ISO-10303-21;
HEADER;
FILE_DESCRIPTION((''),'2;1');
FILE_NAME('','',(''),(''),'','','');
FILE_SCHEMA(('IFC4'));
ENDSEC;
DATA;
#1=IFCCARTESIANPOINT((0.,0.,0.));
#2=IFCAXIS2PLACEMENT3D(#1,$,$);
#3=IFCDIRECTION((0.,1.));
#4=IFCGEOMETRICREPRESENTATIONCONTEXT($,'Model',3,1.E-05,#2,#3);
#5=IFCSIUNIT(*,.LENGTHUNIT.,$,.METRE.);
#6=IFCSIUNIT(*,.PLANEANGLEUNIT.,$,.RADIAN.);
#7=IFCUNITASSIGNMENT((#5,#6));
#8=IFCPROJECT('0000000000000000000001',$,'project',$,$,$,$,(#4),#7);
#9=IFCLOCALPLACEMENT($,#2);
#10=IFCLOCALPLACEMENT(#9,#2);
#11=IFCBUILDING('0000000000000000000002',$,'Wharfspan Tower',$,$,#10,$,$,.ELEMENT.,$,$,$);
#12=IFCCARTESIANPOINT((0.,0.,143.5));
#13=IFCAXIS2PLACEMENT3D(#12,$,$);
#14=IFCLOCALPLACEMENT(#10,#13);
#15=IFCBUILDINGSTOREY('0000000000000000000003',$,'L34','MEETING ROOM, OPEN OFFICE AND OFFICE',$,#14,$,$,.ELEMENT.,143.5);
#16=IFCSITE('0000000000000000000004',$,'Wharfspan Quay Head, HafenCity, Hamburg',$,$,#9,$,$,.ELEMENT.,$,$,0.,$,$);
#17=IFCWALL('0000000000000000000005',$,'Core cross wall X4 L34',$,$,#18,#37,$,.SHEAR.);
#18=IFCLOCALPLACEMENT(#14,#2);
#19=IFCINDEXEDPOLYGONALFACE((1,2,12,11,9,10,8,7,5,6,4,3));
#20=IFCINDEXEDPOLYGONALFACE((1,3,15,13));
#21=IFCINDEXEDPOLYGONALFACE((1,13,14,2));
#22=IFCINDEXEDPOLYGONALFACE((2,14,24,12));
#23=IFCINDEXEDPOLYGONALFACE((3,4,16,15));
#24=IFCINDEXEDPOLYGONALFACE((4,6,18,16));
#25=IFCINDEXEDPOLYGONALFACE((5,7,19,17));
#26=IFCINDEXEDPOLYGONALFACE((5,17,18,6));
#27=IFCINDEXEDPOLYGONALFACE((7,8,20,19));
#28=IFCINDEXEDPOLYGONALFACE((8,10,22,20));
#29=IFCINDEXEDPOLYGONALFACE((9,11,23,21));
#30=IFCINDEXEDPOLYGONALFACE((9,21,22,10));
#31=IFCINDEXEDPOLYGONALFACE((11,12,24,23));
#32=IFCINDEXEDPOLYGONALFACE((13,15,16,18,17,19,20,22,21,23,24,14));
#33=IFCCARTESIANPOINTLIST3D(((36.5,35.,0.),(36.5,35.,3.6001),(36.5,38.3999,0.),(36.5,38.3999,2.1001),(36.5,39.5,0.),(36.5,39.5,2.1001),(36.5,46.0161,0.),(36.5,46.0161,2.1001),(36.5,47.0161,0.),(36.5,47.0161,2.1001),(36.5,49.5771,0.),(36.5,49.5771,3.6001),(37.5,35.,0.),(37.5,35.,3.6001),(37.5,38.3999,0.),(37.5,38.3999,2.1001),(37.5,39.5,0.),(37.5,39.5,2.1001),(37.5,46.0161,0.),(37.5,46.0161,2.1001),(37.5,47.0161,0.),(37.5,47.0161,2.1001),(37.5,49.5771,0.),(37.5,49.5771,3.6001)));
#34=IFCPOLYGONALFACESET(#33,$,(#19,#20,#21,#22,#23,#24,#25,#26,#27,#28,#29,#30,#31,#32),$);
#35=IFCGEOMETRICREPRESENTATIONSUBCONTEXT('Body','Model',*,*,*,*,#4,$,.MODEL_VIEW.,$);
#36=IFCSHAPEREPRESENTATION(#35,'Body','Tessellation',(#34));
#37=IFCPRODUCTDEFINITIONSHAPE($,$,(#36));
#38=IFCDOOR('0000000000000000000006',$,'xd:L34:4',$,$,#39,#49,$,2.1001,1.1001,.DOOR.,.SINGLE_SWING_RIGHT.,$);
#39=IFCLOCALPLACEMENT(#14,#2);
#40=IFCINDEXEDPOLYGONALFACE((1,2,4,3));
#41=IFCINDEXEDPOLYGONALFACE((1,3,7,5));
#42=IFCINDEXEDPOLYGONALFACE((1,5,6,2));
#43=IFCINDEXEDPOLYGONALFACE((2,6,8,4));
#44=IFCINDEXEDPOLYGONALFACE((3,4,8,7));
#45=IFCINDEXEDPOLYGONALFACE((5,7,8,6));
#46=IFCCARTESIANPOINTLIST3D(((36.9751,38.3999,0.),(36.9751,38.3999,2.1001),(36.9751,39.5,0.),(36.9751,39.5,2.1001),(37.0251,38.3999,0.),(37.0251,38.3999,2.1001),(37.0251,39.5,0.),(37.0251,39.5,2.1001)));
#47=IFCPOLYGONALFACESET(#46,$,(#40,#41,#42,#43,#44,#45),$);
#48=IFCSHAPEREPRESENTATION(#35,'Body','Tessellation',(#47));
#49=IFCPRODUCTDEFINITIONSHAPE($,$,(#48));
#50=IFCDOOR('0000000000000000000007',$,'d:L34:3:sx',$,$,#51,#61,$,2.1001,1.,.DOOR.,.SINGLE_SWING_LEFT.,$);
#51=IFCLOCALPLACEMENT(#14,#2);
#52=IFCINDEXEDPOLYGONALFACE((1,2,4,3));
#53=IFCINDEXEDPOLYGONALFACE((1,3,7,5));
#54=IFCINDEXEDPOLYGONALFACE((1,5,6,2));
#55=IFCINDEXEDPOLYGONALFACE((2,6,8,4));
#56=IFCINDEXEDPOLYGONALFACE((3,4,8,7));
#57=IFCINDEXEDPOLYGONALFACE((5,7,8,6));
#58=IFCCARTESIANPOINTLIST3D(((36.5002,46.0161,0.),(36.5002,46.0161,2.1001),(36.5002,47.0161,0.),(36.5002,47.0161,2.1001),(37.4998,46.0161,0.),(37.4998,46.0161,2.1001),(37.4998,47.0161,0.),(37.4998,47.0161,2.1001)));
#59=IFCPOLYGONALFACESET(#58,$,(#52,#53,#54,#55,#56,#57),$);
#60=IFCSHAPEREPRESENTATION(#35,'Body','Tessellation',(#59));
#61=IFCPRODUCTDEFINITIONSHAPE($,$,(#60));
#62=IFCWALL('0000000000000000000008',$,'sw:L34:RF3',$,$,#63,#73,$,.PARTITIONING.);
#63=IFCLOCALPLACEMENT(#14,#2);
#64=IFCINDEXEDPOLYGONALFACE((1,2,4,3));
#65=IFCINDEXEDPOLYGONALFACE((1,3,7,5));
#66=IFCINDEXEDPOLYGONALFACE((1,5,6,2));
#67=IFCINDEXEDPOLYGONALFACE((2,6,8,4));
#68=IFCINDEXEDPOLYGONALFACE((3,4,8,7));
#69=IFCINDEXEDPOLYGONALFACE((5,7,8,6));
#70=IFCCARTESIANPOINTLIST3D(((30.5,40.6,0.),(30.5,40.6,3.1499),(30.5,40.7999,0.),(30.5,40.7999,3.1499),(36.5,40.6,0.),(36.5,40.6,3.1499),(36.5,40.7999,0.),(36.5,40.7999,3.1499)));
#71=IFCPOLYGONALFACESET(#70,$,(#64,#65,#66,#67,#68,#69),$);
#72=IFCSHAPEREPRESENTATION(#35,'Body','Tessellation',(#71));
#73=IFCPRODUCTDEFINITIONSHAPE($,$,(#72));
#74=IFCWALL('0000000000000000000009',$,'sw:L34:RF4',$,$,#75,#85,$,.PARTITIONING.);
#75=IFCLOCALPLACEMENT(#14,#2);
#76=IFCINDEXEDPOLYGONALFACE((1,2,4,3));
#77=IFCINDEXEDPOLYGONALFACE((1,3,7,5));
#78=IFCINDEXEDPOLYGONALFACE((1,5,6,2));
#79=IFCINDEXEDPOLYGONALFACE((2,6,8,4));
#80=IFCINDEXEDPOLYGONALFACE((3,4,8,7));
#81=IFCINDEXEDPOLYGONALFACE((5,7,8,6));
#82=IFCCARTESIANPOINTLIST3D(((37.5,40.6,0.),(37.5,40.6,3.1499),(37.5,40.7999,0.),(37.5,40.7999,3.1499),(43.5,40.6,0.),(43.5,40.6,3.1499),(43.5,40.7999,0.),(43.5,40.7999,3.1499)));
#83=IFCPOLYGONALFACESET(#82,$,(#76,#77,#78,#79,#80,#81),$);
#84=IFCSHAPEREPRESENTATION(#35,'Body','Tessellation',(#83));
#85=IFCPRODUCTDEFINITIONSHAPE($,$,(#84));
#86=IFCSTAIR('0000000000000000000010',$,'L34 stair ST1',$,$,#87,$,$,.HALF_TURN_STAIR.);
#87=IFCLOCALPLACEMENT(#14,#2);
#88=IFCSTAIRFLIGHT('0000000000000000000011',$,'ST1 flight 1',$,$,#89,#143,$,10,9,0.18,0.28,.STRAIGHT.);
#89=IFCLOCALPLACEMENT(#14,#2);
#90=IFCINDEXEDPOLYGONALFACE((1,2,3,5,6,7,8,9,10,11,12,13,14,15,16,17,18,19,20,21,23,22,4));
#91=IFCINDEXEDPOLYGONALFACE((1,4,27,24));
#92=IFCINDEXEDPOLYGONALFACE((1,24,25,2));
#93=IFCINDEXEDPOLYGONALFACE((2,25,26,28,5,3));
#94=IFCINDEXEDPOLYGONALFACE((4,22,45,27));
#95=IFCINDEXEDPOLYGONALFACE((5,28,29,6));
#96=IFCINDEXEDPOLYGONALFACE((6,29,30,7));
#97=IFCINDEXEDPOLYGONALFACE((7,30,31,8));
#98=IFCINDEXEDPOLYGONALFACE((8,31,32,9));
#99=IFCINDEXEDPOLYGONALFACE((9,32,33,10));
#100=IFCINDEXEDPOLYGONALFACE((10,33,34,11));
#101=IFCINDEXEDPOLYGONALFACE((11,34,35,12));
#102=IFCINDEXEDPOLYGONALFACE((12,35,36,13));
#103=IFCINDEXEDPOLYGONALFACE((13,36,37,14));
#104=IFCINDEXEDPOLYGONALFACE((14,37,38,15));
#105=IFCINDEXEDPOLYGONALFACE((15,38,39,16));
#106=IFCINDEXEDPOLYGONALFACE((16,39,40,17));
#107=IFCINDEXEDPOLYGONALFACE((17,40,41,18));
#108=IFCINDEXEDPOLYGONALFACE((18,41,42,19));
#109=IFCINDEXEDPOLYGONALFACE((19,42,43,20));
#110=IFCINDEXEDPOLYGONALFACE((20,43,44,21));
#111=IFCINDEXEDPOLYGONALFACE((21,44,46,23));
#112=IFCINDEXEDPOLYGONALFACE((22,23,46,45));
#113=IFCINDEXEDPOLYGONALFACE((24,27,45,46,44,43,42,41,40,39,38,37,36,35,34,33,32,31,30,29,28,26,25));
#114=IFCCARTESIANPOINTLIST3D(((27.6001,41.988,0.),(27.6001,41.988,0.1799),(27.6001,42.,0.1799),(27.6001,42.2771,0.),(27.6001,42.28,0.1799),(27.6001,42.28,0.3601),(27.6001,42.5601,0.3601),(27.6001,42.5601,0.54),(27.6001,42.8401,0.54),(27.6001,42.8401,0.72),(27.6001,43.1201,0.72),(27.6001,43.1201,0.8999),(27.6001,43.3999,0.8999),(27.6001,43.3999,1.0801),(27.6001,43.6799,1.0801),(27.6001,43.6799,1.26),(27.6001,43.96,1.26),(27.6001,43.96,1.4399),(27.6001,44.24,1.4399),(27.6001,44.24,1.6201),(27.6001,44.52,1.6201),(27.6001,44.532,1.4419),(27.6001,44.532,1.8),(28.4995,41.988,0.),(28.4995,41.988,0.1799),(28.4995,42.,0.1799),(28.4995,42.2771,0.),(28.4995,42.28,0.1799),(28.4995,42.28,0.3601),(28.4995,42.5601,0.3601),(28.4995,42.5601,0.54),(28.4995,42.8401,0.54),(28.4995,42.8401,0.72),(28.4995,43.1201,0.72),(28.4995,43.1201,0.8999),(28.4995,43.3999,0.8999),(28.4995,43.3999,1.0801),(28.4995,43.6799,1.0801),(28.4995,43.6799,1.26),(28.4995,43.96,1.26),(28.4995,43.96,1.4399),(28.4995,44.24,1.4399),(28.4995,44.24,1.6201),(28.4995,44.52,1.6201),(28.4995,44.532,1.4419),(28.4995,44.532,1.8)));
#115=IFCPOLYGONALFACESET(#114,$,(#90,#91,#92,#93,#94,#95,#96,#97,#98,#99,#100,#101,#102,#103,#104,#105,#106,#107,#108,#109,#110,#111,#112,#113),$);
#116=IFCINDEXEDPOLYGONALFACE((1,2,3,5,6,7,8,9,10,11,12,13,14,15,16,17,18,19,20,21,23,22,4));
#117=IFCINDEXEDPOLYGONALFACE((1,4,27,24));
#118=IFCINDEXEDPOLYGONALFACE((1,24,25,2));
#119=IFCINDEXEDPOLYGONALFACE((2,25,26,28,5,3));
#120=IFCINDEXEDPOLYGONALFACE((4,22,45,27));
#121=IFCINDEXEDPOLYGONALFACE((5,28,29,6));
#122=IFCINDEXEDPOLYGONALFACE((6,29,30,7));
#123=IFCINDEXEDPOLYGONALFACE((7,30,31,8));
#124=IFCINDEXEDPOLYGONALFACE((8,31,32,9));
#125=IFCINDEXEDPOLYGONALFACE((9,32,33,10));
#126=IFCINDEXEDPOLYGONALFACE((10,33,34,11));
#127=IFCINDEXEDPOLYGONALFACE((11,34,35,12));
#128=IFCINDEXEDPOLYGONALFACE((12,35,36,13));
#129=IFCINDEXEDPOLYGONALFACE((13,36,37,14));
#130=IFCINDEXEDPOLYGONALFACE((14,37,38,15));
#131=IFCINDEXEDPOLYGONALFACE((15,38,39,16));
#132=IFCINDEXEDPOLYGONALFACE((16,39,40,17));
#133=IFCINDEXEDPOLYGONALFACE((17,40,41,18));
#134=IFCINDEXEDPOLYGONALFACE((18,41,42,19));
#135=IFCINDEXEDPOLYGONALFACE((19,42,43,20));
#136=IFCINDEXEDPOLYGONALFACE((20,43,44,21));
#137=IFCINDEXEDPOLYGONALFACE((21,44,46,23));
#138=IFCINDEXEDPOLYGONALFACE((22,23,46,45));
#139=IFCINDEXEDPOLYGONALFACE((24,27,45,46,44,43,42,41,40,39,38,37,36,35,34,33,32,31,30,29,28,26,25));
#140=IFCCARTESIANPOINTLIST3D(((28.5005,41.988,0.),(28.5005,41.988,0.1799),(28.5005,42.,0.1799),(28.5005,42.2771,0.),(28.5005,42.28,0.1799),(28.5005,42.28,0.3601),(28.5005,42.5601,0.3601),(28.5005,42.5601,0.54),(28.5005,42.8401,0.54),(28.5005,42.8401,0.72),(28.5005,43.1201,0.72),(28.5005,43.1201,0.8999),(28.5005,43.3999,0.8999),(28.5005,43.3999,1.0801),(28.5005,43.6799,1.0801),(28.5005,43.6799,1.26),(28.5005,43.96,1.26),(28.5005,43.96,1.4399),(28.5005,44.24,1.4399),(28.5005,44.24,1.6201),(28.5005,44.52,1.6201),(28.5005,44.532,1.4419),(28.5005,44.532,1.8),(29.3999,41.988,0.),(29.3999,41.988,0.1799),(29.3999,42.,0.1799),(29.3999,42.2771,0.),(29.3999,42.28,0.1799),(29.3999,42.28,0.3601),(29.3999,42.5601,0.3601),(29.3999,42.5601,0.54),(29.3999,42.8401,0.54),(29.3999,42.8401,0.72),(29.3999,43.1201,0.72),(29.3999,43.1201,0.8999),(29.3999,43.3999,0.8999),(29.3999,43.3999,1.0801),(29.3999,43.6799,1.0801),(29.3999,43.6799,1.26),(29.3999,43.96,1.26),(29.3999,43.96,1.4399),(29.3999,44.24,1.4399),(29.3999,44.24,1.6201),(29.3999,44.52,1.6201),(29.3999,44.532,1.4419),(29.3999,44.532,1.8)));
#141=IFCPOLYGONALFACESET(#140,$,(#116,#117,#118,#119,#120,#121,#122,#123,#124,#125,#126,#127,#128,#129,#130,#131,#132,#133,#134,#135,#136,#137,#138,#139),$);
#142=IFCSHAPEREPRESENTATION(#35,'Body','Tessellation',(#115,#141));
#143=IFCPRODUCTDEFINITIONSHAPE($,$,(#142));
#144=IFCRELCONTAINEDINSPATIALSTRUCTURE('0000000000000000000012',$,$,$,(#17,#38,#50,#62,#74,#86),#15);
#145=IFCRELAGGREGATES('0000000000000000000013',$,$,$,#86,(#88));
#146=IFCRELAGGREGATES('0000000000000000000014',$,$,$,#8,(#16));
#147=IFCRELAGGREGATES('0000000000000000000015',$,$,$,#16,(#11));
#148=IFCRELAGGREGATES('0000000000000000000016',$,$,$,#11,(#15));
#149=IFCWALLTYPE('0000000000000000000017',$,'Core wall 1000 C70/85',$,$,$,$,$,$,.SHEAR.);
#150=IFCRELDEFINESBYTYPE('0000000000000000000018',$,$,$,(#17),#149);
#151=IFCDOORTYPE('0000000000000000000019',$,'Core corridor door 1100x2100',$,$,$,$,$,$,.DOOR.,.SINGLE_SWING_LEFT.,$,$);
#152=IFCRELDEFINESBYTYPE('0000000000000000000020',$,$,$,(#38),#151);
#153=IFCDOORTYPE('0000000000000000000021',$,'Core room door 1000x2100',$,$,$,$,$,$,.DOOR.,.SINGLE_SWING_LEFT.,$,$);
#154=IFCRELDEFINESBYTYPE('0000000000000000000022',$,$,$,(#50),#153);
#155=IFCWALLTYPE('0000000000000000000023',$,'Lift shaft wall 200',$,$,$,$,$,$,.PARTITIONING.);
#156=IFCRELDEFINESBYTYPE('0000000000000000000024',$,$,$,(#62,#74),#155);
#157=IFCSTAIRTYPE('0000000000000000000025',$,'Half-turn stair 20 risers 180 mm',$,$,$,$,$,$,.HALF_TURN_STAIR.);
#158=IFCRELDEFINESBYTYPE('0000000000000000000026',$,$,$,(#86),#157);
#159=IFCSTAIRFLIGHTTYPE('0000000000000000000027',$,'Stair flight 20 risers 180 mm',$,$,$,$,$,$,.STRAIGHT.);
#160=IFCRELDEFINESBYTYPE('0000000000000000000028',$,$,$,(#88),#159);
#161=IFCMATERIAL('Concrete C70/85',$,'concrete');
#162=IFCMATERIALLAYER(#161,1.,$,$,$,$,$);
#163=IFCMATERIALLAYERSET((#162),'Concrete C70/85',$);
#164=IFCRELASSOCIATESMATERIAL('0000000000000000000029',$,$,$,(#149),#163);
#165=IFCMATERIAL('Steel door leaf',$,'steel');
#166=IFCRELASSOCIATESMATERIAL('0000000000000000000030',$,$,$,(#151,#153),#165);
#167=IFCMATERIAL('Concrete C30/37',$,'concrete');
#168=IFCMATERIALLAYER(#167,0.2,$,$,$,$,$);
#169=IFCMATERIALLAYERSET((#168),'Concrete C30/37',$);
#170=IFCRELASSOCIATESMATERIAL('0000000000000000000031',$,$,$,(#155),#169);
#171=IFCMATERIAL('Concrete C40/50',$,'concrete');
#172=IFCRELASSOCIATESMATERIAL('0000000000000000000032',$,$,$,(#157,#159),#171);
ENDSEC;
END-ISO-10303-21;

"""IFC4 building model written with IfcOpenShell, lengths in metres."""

from ifc_helpers import new_model, si_unit, direction, frame, frame_2d, origin, place, context, subcontext, project, spatial, polyline, rectangle, outline, extrude, material, layer, layer_set, type_object, element, fill, aggregate, save


model = new_model("IFC4")

# Units and contexts
model_context = context("Model", 3, precision=1e-05, world=origin(), true_north=direction((0.0, 1.0)))
body_context = subcontext(model_context, "Body", "Model", "MODEL_VIEW")
ifc_project = project(units=[si_unit("LENGTHUNIT", "METRE"), si_unit("PLANEANGLEUNIT", "RADIAN")], contexts=[model_context])

# Site, building, storey
site_placement = place(None, origin())
site = spatial("IfcSite", under=ifc_project, at=site_placement, Name="Wharfspan Quay Head, HafenCity, Hamburg", CompositionType="ELEMENT", RefElevation=0.0)
building_placement = place(site_placement, origin())
building = spatial("IfcBuilding", under=site, at=building_placement, Name="Wharfspan Tower", CompositionType="ELEMENT")
storey_placement = place(building_placement, frame((0.0, 0.0, 143.5)))
storey = spatial("IfcBuildingStorey", under=building, at=storey_placement, Name="L34", Description="MEETING ROOM, OPEN OFFICE AND OFFICE", CompositionType="ELEMENT", Elevation=143.5)

# Shared definitions
ifc_material_1 = material(Name="Concrete C70/85", Category="concrete")
ifc_layer_1 = layer(ifc_material_1, 1.0)
ifc_layer_set_1 = layer_set([ifc_layer_1], Name="Concrete C70/85")
wall_type_1 = type_object("IfcWallType", Name="Core wall 1000 C70/85", PredefinedType="SHEAR", material=ifc_layer_set_1)
ifc_material_2 = material(Name="Steel door leaf", Category="steel")
door_type_1 = type_object("IfcDoorType", Name="Core corridor door 1100x2100", OperationType="SINGLE_SWING_LEFT", PredefinedType="DOOR", material=ifc_material_2)

# Wall, openings, doors
wall_1_placement = place(storey_placement, frame((37.0, 35.0, 0.0), z_axis=(0.0, 0.0, 1.0), x_axis=(0.0, 1.0, 0.0)))
wall_1 = element("IfcWall", 1, at=wall_1_placement, inside=storey, type_object=wall_type_1, Name="Core cross wall X4 L34", PredefinedType="SHEAR", context=body_context, shape_type="SweptSolid", body=[
    extrude(rectangle(XDim=14.5771, YDim=1.0, at=frame_2d((7.2886, 0.0))), origin(), (0.0, 0.0, 1.0), 3.6001),
])
opening_1_placement = place(wall_1_placement, frame((11.0161, 0.0, 0.0)))
opening_1 = element("IfcOpeningElement", 2, at=opening_1_placement, cuts=wall_1, PredefinedType="OPENING", context=body_context, shape_type="SweptSolid", body=[
    extrude(rectangle(XDim=1.0, YDim=2.1001, at=frame_2d((0.5, 1.05))), frame((0.0, 0.51, 0.0), z_axis=(0.0, -1.0, 0.0), x_axis=(1.0, 0.0, 0.0)), (0.0, 0.0, 1.0), 1.02),
])
opening_2_placement = place(wall_1_placement, frame((3.3999, 0.0, 0.0)))
opening_2 = element("IfcOpeningElement", 3, at=opening_2_placement, cuts=wall_1, PredefinedType="OPENING", context=body_context, shape_type="SweptSolid", body=[
    extrude(rectangle(XDim=1.1001, YDim=2.1001, at=frame_2d((0.55, 1.05))), frame((0.0, 0.51, 0.0), z_axis=(0.0, -1.0, 0.0), x_axis=(1.0, 0.0, 0.0)), (0.0, 0.0, 1.0), 1.02),
])
door_1_placement = place(opening_2_placement, origin())
door_1 = element("IfcDoor", 4, at=door_1_placement, inside=storey, type_object=door_type_1, Name="xd:L34:4", OperationType="SINGLE_SWING_RIGHT", OverallHeight=2.1001, OverallWidth=1.1001, PredefinedType="DOOR", context=body_context, shape_type="SweptSolid", body=[
    extrude(rectangle(XDim=1.1001, YDim=2.1001, at=frame_2d((0.55, 1.05))), frame((0.0, 0.0249, 0.0), z_axis=(0.0, -1.0, 0.0), x_axis=(1.0, 0.0, 0.0)), (0.0, 0.0, 1.0), 0.05),
])
fill(opening_2, door_1)
door_type_2 = type_object("IfcDoorType", Name="Core room door 1000x2100", OperationType="SINGLE_SWING_LEFT", PredefinedType="DOOR", material=ifc_material_2)
door_2_placement = place(opening_1_placement, origin())
door_2 = element("IfcDoor", 5, at=door_2_placement, inside=storey, type_object=door_type_2, Name="d:L34:3:sx", OperationType="SINGLE_SWING_LEFT", OverallHeight=2.1001, OverallWidth=1.0, PredefinedType="DOOR", context=body_context, shape_type="SweptSolid", body=[
    extrude(rectangle(XDim=1.0, YDim=2.1001, at=frame_2d((0.5, 1.05))), frame((0.0, 0.4998, 0.0), z_axis=(0.0, -1.0, 0.0), x_axis=(1.0, 0.0, 0.0)), (0.0, 0.0, 1.0), 0.9995),
])
fill(opening_1, door_2)

# Walls
ifc_material_3 = material(Name="Concrete C30/37", Category="concrete")
ifc_layer_2 = layer(ifc_material_3, 0.2)
ifc_layer_set_2 = layer_set([ifc_layer_2], Name="Concrete C30/37")
wall_type_2 = type_object("IfcWallType", Name="Lift shaft wall 200", PredefinedType="PARTITIONING", material=ifc_layer_set_2)
for number, where, z_axis, x_axis, name in (
    (6, (30.5, 40.7, 0.0), (0.0, 0.0, 1.0), (1.0, 0.0, 0.0), "sw:L34:RF3"),
    (7, (37.5, 40.7, 0.0), (0.0, 0.0, 1.0), (1.0, 0.0, 0.0), "sw:L34:RF4"),
):
    element("IfcWall", number, at=place(storey_placement, frame(where, z_axis=z_axis, x_axis=x_axis)), inside=storey, type_object=wall_type_2, Name=name, PredefinedType="PARTITIONING", context=body_context, shape_type="SweptSolid", body=[
        extrude(rectangle(XDim=6.0, YDim=0.2, at=frame_2d((3.0, 0.0))), origin(), (0.0, 0.0, 1.0), 3.1499),
    ])

# Stair, stair flight
ifc_material_4 = material(Name="Concrete C40/50", Category="concrete")
stair_type = type_object("IfcStairType", Name="Half-turn stair 20 risers 180 mm", PredefinedType="HALF_TURN_STAIR", material=ifc_material_4)
stair_placement = place(storey_placement, origin())
stair = element("IfcStair", 8, at=stair_placement, inside=storey, type_object=stair_type, Name="L34 stair ST1", PredefinedType="HALF_TURN_STAIR")
stair_flight_type = type_object("IfcStairFlightType", Name="Stair flight 20 risers 180 mm", PredefinedType="STRAIGHT", material=ifc_material_4)
stair_flight_placement = place(storey_placement, frame((28.5, 42.0, 0.0), z_axis=(0.0, 0.0, 1.0), x_axis=(0.0, 1.0, 0.0)))
stair_flight = element("IfcStairFlight", 9, at=stair_flight_placement, type_object=stair_flight_type, Name="ST1 flight 1", NumberOfRisers=10, NumberOfTreads=9, PredefinedType="STRAIGHT", RiserHeight=0.18, TreadLength=0.28, context=body_context, shape_type="SweptSolid", body=[
    extrude(outline(polyline([(-0.012, 0.0), (-0.012, 0.1799), (0.0, 0.1799), (0.28, 0.1799), (0.28, 0.3601), (0.5601, 0.3601), (0.5601, 0.54), (0.8401, 0.54), (0.8401, 0.72), (1.1201, 0.72), (1.1201, 0.8999), (1.3999, 0.8999), (1.3999, 1.0801), (1.6799, 1.0801), (1.6799, 1.26), (1.96, 1.26), (1.96, 1.4399), (2.24, 1.4399), (2.24, 1.6201), (2.52, 1.6201), (2.532, 1.8), (2.532, 1.4419), (0.2771, 0.0), (-0.012, 0.0)])), frame((0.0, 0.8999, 0.0), z_axis=(0.0, -1.0, 0.0), x_axis=(1.0, 0.0, 0.0)), (0.0, 0.0, 1.0), 0.8994),
    extrude(outline(polyline([(-0.012, 0.0), (-0.012, 0.1799), (0.0, 0.1799), (0.28, 0.1799), (0.28, 0.3601), (0.5601, 0.3601), (0.5601, 0.54), (0.8401, 0.54), (0.8401, 0.72), (1.1201, 0.72), (1.1201, 0.8999), (1.3999, 0.8999), (1.3999, 1.0801), (1.6799, 1.0801), (1.6799, 1.26), (1.96, 1.26), (1.96, 1.4399), (2.24, 1.4399), (2.24, 1.6201), (2.52, 1.6201), (2.532, 1.8), (2.532, 1.4419), (0.2771, 0.0), (-0.012, 0.0)])), frame((0.0, -0.0005, 0.0), z_axis=(0.0, -1.0, 0.0), x_axis=(1.0, 0.0, 0.0)), (0.0, 0.0, 1.0), 0.8994),
])
aggregate(stair, [stair_flight])

save(model, "model.ifc")
